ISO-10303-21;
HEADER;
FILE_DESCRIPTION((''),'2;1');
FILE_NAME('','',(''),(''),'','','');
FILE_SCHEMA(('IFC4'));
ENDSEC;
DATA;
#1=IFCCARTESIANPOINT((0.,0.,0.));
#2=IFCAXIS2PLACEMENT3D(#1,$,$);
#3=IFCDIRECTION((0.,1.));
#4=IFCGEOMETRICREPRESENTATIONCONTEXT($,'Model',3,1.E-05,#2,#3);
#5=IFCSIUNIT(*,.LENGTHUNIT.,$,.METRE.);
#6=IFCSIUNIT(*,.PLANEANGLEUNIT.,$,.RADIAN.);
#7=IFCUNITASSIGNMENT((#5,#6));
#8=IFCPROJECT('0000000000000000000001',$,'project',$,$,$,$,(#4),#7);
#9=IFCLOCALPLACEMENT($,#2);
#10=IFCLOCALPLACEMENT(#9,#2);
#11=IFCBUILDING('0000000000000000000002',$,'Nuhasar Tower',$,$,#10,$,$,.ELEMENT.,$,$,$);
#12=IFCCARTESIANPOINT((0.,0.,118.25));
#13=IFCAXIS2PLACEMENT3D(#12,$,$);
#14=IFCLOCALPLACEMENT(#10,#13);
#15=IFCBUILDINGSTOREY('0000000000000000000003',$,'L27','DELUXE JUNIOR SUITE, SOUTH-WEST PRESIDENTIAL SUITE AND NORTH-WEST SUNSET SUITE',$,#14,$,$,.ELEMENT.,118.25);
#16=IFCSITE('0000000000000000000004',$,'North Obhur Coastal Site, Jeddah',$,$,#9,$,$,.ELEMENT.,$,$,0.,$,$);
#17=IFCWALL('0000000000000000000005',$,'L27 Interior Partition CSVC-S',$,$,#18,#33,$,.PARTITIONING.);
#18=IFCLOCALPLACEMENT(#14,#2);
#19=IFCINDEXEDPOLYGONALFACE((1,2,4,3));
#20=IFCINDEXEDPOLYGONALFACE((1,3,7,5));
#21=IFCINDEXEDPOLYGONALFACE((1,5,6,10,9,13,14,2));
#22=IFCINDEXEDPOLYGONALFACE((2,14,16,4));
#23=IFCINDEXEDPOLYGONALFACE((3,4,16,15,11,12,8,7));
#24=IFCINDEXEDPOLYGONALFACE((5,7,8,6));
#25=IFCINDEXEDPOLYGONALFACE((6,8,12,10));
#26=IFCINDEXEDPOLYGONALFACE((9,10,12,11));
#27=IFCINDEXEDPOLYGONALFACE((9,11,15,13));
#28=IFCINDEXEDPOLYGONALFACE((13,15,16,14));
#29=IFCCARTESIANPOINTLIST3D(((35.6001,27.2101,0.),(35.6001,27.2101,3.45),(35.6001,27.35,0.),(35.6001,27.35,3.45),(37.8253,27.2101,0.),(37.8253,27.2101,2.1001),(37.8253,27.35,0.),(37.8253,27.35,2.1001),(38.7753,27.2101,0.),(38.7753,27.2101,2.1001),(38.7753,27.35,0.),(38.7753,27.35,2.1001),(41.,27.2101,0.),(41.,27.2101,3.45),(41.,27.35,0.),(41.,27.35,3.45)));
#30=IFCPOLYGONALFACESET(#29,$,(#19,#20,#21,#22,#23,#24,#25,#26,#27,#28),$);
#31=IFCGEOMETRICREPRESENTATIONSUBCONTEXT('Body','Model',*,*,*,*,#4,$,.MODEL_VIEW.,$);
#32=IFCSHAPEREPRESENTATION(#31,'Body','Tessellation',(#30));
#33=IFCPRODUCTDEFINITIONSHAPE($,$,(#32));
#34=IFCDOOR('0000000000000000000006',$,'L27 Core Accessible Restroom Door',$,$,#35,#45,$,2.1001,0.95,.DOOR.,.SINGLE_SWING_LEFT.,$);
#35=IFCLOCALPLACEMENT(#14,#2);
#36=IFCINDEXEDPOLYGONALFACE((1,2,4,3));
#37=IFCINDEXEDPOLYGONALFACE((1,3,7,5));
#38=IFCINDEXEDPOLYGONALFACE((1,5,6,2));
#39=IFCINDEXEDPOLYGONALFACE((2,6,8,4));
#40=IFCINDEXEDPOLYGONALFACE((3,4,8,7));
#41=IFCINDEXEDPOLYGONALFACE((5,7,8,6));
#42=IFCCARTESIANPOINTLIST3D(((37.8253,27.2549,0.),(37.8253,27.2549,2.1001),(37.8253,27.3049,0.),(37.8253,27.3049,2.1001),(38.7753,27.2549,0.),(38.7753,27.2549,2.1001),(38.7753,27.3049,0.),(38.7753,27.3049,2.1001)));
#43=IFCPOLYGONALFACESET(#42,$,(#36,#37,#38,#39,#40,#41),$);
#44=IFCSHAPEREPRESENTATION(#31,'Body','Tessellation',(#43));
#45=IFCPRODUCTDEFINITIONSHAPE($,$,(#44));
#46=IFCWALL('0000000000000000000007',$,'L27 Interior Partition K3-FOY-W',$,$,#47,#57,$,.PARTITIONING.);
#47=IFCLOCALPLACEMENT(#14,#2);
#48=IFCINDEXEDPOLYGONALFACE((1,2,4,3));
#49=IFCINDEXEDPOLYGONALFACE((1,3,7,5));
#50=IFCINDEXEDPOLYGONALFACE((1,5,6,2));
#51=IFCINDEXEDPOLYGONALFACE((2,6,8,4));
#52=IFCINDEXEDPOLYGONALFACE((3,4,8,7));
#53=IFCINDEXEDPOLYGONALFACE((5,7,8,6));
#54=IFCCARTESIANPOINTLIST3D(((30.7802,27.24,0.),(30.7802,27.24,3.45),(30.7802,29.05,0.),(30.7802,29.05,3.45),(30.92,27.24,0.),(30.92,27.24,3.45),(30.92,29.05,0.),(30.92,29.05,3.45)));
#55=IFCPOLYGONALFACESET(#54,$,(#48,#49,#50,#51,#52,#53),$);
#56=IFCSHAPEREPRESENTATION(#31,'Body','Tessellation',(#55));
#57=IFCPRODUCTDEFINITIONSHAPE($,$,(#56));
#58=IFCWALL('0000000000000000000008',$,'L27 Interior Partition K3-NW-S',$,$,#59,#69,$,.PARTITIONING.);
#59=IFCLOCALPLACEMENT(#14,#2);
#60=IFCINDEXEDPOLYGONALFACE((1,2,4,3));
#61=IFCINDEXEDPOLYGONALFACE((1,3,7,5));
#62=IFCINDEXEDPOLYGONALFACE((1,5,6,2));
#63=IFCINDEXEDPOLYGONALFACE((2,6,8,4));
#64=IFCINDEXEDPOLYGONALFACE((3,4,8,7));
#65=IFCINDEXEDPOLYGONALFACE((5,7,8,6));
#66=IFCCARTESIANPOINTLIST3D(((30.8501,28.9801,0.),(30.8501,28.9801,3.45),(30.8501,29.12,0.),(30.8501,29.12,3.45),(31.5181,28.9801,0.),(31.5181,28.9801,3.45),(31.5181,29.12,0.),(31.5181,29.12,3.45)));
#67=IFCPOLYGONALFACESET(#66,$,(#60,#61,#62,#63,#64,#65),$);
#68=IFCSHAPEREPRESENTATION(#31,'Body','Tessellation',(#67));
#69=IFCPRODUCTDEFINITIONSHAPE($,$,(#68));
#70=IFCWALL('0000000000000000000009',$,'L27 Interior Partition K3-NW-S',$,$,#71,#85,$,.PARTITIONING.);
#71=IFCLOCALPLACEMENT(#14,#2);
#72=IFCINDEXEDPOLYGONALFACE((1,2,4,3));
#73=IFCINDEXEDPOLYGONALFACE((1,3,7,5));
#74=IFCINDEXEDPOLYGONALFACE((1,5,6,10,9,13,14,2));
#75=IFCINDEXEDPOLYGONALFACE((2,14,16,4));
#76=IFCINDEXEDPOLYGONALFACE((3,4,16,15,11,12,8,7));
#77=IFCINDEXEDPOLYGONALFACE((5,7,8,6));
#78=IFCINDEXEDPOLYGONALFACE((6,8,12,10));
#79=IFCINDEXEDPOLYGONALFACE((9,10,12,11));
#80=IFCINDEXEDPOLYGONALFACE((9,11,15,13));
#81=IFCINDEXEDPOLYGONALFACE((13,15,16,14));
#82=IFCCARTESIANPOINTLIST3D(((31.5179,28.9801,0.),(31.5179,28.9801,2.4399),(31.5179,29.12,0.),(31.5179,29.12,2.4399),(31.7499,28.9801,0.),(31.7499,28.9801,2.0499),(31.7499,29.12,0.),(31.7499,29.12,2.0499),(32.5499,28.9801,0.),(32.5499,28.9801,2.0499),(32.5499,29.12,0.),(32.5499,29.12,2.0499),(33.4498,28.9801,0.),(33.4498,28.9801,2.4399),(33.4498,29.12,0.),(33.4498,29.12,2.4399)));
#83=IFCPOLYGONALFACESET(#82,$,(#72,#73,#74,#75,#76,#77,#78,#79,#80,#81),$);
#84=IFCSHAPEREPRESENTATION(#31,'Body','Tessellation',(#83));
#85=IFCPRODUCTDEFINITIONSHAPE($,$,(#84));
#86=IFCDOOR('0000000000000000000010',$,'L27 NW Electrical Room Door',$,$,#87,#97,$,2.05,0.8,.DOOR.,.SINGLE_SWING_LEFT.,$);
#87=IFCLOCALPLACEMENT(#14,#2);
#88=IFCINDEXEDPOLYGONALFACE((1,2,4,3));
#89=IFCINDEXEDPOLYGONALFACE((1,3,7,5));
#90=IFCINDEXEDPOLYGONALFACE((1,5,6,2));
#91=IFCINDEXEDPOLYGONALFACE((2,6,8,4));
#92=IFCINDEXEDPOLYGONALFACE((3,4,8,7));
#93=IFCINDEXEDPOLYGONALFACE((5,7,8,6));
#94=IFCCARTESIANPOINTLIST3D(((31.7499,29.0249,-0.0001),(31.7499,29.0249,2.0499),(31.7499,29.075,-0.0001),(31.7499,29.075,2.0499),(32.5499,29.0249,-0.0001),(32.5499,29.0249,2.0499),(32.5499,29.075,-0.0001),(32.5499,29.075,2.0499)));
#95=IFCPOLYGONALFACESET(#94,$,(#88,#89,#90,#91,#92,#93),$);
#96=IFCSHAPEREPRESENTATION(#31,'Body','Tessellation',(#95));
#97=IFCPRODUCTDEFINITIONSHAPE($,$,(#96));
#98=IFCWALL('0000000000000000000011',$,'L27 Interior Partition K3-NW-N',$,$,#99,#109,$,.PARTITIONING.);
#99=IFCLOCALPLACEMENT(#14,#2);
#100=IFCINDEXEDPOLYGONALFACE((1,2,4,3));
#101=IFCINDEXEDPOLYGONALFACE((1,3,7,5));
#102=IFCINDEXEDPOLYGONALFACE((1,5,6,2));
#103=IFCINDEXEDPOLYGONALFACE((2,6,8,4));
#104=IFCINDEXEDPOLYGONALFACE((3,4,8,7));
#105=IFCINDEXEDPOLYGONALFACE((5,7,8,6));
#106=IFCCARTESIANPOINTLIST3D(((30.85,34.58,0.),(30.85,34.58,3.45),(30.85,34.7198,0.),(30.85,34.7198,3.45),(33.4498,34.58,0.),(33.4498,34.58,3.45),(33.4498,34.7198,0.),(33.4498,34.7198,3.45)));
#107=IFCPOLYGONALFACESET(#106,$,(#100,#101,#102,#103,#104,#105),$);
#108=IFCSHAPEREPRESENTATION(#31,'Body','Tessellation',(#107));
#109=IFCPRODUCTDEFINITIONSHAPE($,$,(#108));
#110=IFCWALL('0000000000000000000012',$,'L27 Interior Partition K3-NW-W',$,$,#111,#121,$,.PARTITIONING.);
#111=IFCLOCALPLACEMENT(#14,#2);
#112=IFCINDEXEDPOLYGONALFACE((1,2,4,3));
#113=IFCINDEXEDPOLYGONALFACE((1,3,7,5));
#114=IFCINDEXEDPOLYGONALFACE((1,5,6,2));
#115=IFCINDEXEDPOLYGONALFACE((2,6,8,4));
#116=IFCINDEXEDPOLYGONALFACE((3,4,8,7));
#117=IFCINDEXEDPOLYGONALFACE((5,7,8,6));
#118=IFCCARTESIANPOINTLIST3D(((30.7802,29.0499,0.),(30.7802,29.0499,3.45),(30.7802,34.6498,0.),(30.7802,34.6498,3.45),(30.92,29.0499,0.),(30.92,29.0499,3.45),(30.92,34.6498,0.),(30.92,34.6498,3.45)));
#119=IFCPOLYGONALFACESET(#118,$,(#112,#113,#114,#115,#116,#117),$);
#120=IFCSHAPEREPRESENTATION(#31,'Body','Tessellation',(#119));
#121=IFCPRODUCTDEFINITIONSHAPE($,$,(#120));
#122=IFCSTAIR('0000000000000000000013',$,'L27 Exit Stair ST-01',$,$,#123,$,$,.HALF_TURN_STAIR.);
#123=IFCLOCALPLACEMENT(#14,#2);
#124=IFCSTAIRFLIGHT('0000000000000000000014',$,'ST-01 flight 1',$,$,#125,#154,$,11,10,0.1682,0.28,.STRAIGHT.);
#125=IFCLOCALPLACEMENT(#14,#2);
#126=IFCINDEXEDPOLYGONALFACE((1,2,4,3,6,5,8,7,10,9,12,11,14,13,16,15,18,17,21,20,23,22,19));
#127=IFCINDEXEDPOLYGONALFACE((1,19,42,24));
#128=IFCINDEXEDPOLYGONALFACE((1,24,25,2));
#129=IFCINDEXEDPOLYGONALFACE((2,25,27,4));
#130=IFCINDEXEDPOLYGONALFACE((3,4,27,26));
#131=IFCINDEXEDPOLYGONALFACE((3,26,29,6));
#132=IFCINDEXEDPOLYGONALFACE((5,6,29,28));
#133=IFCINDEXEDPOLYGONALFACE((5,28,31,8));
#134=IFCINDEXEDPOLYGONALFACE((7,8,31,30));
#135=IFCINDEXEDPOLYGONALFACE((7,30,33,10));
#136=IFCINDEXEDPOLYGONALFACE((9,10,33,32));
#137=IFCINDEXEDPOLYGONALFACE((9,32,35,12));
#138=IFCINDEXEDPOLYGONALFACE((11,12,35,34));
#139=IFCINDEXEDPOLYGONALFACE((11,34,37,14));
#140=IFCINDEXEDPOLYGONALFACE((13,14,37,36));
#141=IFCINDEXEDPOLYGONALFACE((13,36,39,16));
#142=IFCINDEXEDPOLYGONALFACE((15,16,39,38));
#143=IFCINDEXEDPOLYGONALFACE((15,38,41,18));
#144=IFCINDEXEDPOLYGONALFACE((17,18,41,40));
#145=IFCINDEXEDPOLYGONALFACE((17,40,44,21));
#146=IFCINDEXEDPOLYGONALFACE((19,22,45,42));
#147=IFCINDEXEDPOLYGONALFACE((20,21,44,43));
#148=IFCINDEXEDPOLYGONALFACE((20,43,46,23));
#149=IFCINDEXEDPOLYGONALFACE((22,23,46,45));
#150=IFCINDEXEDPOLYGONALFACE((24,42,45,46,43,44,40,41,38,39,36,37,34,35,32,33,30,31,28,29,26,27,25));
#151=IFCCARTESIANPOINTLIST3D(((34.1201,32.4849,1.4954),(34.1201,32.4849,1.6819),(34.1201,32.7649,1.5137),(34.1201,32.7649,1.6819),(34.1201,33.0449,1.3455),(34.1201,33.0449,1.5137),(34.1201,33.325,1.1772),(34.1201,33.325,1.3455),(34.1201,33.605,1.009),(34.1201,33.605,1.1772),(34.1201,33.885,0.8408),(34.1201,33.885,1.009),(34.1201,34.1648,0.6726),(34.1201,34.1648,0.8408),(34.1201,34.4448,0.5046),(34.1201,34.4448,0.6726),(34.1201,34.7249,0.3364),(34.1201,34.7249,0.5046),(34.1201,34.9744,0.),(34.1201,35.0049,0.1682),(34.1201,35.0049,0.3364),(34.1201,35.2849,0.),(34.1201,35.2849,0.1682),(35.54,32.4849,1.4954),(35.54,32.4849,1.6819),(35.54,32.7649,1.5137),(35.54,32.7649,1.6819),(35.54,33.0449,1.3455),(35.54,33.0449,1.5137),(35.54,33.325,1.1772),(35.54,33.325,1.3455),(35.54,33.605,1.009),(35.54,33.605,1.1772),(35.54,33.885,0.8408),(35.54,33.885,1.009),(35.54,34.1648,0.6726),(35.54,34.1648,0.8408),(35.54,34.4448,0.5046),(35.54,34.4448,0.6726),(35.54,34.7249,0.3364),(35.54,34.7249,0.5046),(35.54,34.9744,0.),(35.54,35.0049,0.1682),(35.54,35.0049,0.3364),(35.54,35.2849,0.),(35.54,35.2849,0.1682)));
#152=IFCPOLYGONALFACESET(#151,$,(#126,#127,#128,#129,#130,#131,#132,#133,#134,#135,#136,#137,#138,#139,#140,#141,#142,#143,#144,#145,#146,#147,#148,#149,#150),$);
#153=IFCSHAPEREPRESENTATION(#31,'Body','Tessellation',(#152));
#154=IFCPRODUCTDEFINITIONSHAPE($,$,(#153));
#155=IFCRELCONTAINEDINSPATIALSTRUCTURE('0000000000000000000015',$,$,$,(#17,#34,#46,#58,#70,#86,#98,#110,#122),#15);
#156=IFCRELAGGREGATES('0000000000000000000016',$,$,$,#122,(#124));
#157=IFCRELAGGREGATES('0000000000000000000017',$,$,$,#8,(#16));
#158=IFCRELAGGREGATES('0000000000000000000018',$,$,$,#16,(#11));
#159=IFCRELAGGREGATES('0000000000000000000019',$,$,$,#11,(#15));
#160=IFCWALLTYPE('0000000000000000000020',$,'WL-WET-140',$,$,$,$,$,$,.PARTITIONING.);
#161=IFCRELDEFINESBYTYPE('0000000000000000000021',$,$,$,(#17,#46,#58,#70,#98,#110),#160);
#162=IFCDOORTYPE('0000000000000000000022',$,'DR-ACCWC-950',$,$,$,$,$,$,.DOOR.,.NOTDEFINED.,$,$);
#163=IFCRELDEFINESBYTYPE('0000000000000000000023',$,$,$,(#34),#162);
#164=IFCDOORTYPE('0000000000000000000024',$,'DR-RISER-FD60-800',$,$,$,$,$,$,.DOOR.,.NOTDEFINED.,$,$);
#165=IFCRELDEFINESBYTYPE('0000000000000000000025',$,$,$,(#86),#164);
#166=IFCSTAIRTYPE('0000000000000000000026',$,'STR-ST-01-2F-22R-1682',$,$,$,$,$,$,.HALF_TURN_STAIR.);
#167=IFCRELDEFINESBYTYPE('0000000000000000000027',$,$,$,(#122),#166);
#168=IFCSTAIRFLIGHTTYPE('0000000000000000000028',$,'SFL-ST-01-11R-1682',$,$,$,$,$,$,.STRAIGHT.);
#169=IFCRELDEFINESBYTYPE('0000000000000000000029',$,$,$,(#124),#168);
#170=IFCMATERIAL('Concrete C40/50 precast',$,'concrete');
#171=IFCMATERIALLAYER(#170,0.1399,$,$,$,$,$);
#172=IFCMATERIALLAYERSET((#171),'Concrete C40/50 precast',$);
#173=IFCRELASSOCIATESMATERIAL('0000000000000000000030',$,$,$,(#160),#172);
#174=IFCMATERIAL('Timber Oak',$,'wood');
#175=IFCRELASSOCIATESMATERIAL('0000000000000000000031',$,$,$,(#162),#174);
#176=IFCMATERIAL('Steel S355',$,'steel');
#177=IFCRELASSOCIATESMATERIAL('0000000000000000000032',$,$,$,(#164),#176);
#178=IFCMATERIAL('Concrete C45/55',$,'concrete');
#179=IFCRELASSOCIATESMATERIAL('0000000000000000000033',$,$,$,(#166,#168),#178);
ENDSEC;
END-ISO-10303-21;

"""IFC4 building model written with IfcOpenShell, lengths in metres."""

from ifc_helpers import new_model, si_unit, direction, frame, frame_2d, origin, place, context, subcontext, project, spatial, polyline, rectangle, outline, extrude, material, layer, layer_set, type_object, element, fill, aggregate, save


model = new_model("IFC4")

# Units and contexts
model_context = context("Model", 3, precision=1e-05, world=origin(), true_north=direction((0.0, 1.0)))
body_context = subcontext(model_context, "Body", "Model", "MODEL_VIEW")
ifc_project = project(units=[si_unit("LENGTHUNIT", "METRE"), si_unit("PLANEANGLEUNIT", "RADIAN")], contexts=[model_context])

# Site, building, storey
site_placement = place(None, origin())
site = spatial("IfcSite", under=ifc_project, at=site_placement, Name="North Obhur Coastal Site, Jeddah", CompositionType="ELEMENT", RefElevation=0.0)
building_placement = place(site_placement, origin())
building = spatial("IfcBuilding", under=site, at=building_placement, Name="Nuhasar Tower", CompositionType="ELEMENT")
storey_placement = place(building_placement, frame((0.0, 0.0, 118.25)))
storey = spatial("IfcBuildingStorey", under=building, at=storey_placement, Name="L27", Description="DELUXE JUNIOR SUITE, SOUTH-WEST PRESIDENTIAL SUITE AND NORTH-WEST SUNSET SUITE", CompositionType="ELEMENT", Elevation=118.25)

# Shared definitions
ifc_material_1 = material(Name="Steel S355", Category="steel")

# Shared definitions
ifc_material_2 = material(Name="Concrete C40/50 precast", Category="concrete")
ifc_layer_1 = layer(ifc_material_2, 0.1399)
ifc_layer_set_1 = layer_set([ifc_layer_1], Name="Concrete C40/50 precast")
wall_type_1 = type_object("IfcWallType", Name="WL-WET-140", PredefinedType="PARTITIONING", material=ifc_layer_set_1)

# Wall, opening, door
wall_1_placement = place(storey_placement, frame((35.6001, 27.28, 0.0), z_axis=(0.0, 0.0, 1.0), x_axis=(1.0, 0.0, 0.0)))
wall_1 = element("IfcWall", 1, at=wall_1_placement, inside=storey, type_object=wall_type_1, Name="L27 Interior Partition CSVC-S", PredefinedType="PARTITIONING", context=body_context, shape_type="SweptSolid", body=[
    extrude(rectangle(XDim=5.3999, YDim=0.1399, at=frame_2d((2.7, 0.0))), origin(), (0.0, 0.0, 1.0), 3.45),
])
opening_1_placement = place(wall_1_placement, frame((2.2251, 0.0, 0.0)))
opening_1 = element("IfcOpeningElement", 2, at=opening_1_placement, cuts=wall_1, PredefinedType="OPENING", context=body_context, shape_type="SweptSolid", body=[
    extrude(rectangle(XDim=0.95, YDim=2.1001, at=frame_2d((0.4751, 1.05))), frame((0.0, 0.0801, 0.0), z_axis=(0.0, -1.0, 0.0), x_axis=(1.0, 0.0, 0.0)), (0.0, 0.0, 1.0), 0.1599),
])
ifc_material_3 = material(Name="Timber Oak", Category="wood")
door_type_1 = type_object("IfcDoorType", Name="DR-ACCWC-950", OperationType="NOTDEFINED", PredefinedType="DOOR", material=ifc_material_3)
door_1_placement = place(opening_1_placement, origin())
door_1 = element("IfcDoor", 3, at=door_1_placement, inside=storey, type_object=door_type_1, Name="L27 Core Accessible Restroom Door", OperationType="SINGLE_SWING_LEFT", OverallHeight=2.1001, OverallWidth=0.95, PredefinedType="DOOR", context=body_context, shape_type="SweptSolid", body=[
    extrude(rectangle(XDim=0.95, YDim=2.1001, at=frame_2d((0.4751, 1.05))), frame((0.0, 0.0249, 0.0), z_axis=(0.0, -1.0, 0.0), x_axis=(1.0, 0.0, 0.0)), (0.0, 0.0, 1.0), 0.05),
])
fill(opening_1, door_1)

# Walls
wall_2_placement = place(storey_placement, frame((30.8501, 27.24, 0.0), z_axis=(0.0, 0.0, 1.0), x_axis=(0.0, 1.0, 0.0)))
element("IfcWall", 4, at=wall_2_placement, inside=storey, type_object=wall_type_1, Name="L27 Interior Partition K3-FOY-W", PredefinedType="PARTITIONING", context=body_context, shape_type="SweptSolid", body=[
    extrude(rectangle(XDim=1.8101, YDim=0.1399, at=frame_2d((0.905, 0.0))), origin(), (0.0, 0.0, 1.0), 3.45),
])
wall_3_placement = place(storey_placement, frame((30.8501, 29.05, 0.0), z_axis=(0.0, 0.0, 1.0), x_axis=(1.0, 0.0, 0.0)))
element("IfcWall", 5, at=wall_3_placement, inside=storey, type_object=wall_type_1, Name="L27 Interior Partition K3-NW-S", PredefinedType="PARTITIONING", context=body_context, shape_type="SweptSolid", body=[
    extrude(rectangle(XDim=0.668, YDim=0.1399, at=frame_2d((0.334, 0.0))), origin(), (0.0, 0.0, 1.0), 3.45),
])

# Wall, opening, door
wall_4_placement = place(storey_placement, frame((31.5181, 29.05, 0.0), z_axis=(0.0, 0.0, 1.0), x_axis=(1.0, 0.0, 0.0)))
wall_4 = element("IfcWall", 6, at=wall_4_placement, inside=storey, type_object=wall_type_1, Name="L27 Interior Partition K3-NW-S", PredefinedType="PARTITIONING", context=body_context, shape_type="SweptSolid", body=[
    extrude(rectangle(XDim=1.9319, YDim=0.1399, at=frame_2d((0.9658, 0.0))), origin(), (0.0, 0.0, 1.0), 2.4399),
])
opening_2_placement = place(wall_4_placement, frame((0.2319, 0.0, 0.0)))
opening_2 = element("IfcOpeningElement", 7, at=opening_2_placement, cuts=wall_4, PredefinedType="OPENING", context=body_context, shape_type="SweptSolid", body=[
    extrude(rectangle(XDim=0.8, YDim=2.05, at=frame_2d((0.3999, 1.0249))), frame((0.0, 0.0801, 0.0), z_axis=(0.0, -1.0, 0.0), x_axis=(1.0, 0.0, 0.0)), (0.0, 0.0, 1.0), 0.1599),
])
door_type_2 = type_object("IfcDoorType", Name="DR-RISER-FD60-800", OperationType="NOTDEFINED", PredefinedType="DOOR", material=ifc_material_1)
door_2_placement = place(opening_2_placement, origin())
door_2 = element("IfcDoor", 8, at=door_2_placement, inside=storey, type_object=door_type_2, Name="L27 NW Electrical Room Door", OperationType="SINGLE_SWING_LEFT", OverallHeight=2.05, OverallWidth=0.8, PredefinedType="DOOR", context=body_context, shape_type="SweptSolid", body=[
    extrude(rectangle(XDim=0.8, YDim=2.05, at=frame_2d((0.3999, 1.0249))), frame((0.0, 0.0249, 0.0), z_axis=(0.0, -1.0, 0.0), x_axis=(1.0, 0.0, 0.0)), (0.0, 0.0, 1.0), 0.05),
])
fill(opening_2, door_2)

# Walls
wall_5_placement = place(storey_placement, frame((30.8501, 34.6499, 0.0), z_axis=(0.0, 0.0, 1.0), x_axis=(1.0, 0.0, 0.0)))
element("IfcWall", 9, at=wall_5_placement, inside=storey, type_object=wall_type_1, Name="L27 Interior Partition K3-NW-N", PredefinedType="PARTITIONING", context=body_context, shape_type="SweptSolid", body=[
    extrude(rectangle(XDim=2.5999, YDim=0.1399, at=frame_2d((1.2998, 0.0))), origin(), (0.0, 0.0, 1.0), 3.45),
])
wall_6_placement = place(storey_placement, frame((30.8501, 29.05, 0.0), z_axis=(0.0, 0.0, 1.0), x_axis=(0.0, 1.0, 0.0)))
element("IfcWall", 10, at=wall_6_placement, inside=storey, type_object=wall_type_1, Name="L27 Interior Partition K3-NW-W", PredefinedType="PARTITIONING", context=body_context, shape_type="SweptSolid", body=[
    extrude(rectangle(XDim=5.5999, YDim=0.1399, at=frame_2d((2.7998, 0.0))), origin(), (0.0, 0.0, 1.0), 3.45),
])

# Stair, stair flight
ifc_material_4 = material(Name="Concrete C45/55", Category="concrete")
stair_type_1 = type_object("IfcStairType", Name="STR-ST-01-2F-22R-1682", PredefinedType="HALF_TURN_STAIR", material=ifc_material_4)
stair_1_placement = place(storey_placement, origin())
stair_1 = element("IfcStair", 11, at=stair_1_placement, inside=storey, type_object=stair_type_1, Name="L27 Exit Stair ST-01", PredefinedType="HALF_TURN_STAIR")
stair_flight_type_1 = type_object("IfcStairFlightType", Name="SFL-ST-01-11R-1682", PredefinedType="STRAIGHT", material=ifc_material_4)
stair_flight_1_placement = place(storey_placement, frame((34.8301, 35.2849, 0.0), z_axis=(0.0, 0.0, 1.0), x_axis=(0.0, -1.0, 0.0)))
stair_flight_1 = element("IfcStairFlight", 12, at=stair_flight_1_placement, type_object=stair_flight_type_1, Name="ST-01 flight 1", NumberOfRisers=11, NumberOfTreads=10, PredefinedType="STRAIGHT", RiserHeight=0.1682, TreadLength=0.28, context=body_context, shape_type="SweptSolid", body=[
    extrude(outline(polyline([(0.0, 0.0), (0.0, 0.1682), (0.28, 0.1682), (0.28, 0.3364), (0.5601, 0.3364), (0.5601, 0.5046), (0.8401, 0.5046), (0.8401, 0.6726), (1.1201, 0.6726), (1.1201, 0.8408), (1.3999, 0.8408), (1.3999, 1.009), (1.6799, 1.009), (1.6799, 1.1772), (1.96, 1.1772), (1.96, 1.3455), (2.24, 1.3455), (2.24, 1.5137), (2.52, 1.5137), (2.52, 1.6819), (2.8, 1.6819), (2.8, 1.8501), (2.8, 1.4954), (0.3105, 0.0), (0.0, 0.0)])), frame((0.0, 0.71, 0.0), z_axis=(0.0, -1.0, 0.0), x_axis=(1.0, 0.0, 0.0)), (0.0, 0.0, 1.0), 1.4199),
])
aggregate(stair_1, [stair_flight_1])

save(model, "model.ifc")
